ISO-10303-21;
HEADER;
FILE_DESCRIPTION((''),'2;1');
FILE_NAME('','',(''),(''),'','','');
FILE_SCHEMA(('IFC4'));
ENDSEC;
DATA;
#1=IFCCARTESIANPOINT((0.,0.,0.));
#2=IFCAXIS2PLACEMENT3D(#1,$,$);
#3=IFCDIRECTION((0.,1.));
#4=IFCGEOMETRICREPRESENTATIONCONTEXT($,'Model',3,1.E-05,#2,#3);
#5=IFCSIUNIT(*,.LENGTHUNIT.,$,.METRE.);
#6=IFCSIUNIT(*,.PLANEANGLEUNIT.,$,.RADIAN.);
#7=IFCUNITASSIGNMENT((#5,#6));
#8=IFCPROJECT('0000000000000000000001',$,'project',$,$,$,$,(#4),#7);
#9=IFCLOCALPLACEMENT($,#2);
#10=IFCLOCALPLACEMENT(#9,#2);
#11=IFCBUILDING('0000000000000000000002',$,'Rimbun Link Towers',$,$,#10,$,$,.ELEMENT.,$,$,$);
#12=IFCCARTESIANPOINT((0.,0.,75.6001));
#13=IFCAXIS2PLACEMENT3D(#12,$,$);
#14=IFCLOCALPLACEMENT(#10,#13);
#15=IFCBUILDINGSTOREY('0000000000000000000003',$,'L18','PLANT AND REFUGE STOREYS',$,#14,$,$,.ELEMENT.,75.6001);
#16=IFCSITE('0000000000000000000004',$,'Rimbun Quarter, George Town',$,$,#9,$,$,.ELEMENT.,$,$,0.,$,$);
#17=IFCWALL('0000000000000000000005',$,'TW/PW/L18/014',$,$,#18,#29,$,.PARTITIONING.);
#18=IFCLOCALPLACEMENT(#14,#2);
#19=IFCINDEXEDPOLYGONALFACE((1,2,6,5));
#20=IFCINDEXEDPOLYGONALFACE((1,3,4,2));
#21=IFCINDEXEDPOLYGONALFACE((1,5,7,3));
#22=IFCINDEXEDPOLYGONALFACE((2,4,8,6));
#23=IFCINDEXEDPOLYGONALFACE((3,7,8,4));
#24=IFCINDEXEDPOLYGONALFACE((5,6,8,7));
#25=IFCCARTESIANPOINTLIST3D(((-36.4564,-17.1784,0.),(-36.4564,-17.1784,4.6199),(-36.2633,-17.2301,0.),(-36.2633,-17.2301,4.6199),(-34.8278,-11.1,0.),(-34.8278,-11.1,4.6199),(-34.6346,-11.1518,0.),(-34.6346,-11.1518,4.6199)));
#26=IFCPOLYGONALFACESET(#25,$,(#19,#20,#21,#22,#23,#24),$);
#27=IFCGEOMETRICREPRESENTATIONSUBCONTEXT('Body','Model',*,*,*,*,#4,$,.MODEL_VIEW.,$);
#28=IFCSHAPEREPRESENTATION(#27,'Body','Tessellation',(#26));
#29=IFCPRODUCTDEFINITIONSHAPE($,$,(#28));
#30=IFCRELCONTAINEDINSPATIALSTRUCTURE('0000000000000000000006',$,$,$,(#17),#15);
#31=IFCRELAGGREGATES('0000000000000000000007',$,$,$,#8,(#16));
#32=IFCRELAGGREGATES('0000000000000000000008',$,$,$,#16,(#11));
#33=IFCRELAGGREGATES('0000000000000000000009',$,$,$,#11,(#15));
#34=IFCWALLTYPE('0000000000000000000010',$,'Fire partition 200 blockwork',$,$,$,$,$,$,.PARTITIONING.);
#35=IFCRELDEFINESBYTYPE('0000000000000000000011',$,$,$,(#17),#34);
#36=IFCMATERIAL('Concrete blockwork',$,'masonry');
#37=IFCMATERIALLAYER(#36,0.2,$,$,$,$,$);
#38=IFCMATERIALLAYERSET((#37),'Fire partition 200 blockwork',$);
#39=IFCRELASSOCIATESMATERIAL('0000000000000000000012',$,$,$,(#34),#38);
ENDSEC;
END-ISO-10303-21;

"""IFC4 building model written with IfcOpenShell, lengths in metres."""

from ifc_helpers import new_model, si_unit, direction, frame, frame_2d, origin, place, context, subcontext, project, spatial, rectangle, extrude, material, layer, layer_set, type_object, element, save


model = new_model("IFC4")

# Units and contexts
model_context = context("Model", 3, precision=1e-05, world=origin(), true_north=direction((0.0, 1.0)))
body_context = subcontext(model_context, "Body", "Model", "MODEL_VIEW")
ifc_project = project(units=[si_unit("LENGTHUNIT", "METRE"), si_unit("PLANEANGLEUNIT", "RADIAN")], contexts=[model_context])

# Site, building, storey
site_placement = place(None, origin())
site = spatial("IfcSite", under=ifc_project, at=site_placement, Name="Rimbun Quarter, George Town", CompositionType="ELEMENT", RefElevation=0.0)
building_placement = place(site_placement, origin())
building = spatial("IfcBuilding", under=site, at=building_placement, Name="Rimbun Link Towers", CompositionType="ELEMENT")
storey_placement = place(building_placement, frame((0.0, 0.0, 75.6001)))
storey = spatial("IfcBuildingStorey", under=building, at=storey_placement, Name="L18", Description="PLANT AND REFUGE STOREYS", CompositionType="ELEMENT", Elevation=75.6001)

# Wall
ifc_material_1 = material(Name="Concrete blockwork", Category="masonry")
ifc_layer_1 = layer(ifc_material_1, 0.2)
ifc_layer_set_1 = layer_set([ifc_layer_1], Name="Fire partition 200 blockwork")
wall_type_1 = type_object("IfcWallType", Name="Fire partition 200 blockwork", PredefinedType="PARTITIONING", material=ifc_layer_set_1)
wall_1_placement = place(storey_placement, frame((-36.3599, -17.2043, 0.0), z_axis=(0.0, 0.0, 1.0), x_axis=(0.258814, 0.965927, 0.0)))
element("IfcWall", 1, at=wall_1_placement, inside=storey, type_object=wall_type_1, Name="TW/PW/L18/014", PredefinedType="PARTITIONING", context=body_context, shape_type="SweptSolid", body=[
    extrude(rectangle(XDim=6.2927, YDim=0.2, at=frame_2d((3.1465, 0.0))), origin(), (0.0, 0.0, 1.0), 4.6199),
])

save(model, "model.ifc")
